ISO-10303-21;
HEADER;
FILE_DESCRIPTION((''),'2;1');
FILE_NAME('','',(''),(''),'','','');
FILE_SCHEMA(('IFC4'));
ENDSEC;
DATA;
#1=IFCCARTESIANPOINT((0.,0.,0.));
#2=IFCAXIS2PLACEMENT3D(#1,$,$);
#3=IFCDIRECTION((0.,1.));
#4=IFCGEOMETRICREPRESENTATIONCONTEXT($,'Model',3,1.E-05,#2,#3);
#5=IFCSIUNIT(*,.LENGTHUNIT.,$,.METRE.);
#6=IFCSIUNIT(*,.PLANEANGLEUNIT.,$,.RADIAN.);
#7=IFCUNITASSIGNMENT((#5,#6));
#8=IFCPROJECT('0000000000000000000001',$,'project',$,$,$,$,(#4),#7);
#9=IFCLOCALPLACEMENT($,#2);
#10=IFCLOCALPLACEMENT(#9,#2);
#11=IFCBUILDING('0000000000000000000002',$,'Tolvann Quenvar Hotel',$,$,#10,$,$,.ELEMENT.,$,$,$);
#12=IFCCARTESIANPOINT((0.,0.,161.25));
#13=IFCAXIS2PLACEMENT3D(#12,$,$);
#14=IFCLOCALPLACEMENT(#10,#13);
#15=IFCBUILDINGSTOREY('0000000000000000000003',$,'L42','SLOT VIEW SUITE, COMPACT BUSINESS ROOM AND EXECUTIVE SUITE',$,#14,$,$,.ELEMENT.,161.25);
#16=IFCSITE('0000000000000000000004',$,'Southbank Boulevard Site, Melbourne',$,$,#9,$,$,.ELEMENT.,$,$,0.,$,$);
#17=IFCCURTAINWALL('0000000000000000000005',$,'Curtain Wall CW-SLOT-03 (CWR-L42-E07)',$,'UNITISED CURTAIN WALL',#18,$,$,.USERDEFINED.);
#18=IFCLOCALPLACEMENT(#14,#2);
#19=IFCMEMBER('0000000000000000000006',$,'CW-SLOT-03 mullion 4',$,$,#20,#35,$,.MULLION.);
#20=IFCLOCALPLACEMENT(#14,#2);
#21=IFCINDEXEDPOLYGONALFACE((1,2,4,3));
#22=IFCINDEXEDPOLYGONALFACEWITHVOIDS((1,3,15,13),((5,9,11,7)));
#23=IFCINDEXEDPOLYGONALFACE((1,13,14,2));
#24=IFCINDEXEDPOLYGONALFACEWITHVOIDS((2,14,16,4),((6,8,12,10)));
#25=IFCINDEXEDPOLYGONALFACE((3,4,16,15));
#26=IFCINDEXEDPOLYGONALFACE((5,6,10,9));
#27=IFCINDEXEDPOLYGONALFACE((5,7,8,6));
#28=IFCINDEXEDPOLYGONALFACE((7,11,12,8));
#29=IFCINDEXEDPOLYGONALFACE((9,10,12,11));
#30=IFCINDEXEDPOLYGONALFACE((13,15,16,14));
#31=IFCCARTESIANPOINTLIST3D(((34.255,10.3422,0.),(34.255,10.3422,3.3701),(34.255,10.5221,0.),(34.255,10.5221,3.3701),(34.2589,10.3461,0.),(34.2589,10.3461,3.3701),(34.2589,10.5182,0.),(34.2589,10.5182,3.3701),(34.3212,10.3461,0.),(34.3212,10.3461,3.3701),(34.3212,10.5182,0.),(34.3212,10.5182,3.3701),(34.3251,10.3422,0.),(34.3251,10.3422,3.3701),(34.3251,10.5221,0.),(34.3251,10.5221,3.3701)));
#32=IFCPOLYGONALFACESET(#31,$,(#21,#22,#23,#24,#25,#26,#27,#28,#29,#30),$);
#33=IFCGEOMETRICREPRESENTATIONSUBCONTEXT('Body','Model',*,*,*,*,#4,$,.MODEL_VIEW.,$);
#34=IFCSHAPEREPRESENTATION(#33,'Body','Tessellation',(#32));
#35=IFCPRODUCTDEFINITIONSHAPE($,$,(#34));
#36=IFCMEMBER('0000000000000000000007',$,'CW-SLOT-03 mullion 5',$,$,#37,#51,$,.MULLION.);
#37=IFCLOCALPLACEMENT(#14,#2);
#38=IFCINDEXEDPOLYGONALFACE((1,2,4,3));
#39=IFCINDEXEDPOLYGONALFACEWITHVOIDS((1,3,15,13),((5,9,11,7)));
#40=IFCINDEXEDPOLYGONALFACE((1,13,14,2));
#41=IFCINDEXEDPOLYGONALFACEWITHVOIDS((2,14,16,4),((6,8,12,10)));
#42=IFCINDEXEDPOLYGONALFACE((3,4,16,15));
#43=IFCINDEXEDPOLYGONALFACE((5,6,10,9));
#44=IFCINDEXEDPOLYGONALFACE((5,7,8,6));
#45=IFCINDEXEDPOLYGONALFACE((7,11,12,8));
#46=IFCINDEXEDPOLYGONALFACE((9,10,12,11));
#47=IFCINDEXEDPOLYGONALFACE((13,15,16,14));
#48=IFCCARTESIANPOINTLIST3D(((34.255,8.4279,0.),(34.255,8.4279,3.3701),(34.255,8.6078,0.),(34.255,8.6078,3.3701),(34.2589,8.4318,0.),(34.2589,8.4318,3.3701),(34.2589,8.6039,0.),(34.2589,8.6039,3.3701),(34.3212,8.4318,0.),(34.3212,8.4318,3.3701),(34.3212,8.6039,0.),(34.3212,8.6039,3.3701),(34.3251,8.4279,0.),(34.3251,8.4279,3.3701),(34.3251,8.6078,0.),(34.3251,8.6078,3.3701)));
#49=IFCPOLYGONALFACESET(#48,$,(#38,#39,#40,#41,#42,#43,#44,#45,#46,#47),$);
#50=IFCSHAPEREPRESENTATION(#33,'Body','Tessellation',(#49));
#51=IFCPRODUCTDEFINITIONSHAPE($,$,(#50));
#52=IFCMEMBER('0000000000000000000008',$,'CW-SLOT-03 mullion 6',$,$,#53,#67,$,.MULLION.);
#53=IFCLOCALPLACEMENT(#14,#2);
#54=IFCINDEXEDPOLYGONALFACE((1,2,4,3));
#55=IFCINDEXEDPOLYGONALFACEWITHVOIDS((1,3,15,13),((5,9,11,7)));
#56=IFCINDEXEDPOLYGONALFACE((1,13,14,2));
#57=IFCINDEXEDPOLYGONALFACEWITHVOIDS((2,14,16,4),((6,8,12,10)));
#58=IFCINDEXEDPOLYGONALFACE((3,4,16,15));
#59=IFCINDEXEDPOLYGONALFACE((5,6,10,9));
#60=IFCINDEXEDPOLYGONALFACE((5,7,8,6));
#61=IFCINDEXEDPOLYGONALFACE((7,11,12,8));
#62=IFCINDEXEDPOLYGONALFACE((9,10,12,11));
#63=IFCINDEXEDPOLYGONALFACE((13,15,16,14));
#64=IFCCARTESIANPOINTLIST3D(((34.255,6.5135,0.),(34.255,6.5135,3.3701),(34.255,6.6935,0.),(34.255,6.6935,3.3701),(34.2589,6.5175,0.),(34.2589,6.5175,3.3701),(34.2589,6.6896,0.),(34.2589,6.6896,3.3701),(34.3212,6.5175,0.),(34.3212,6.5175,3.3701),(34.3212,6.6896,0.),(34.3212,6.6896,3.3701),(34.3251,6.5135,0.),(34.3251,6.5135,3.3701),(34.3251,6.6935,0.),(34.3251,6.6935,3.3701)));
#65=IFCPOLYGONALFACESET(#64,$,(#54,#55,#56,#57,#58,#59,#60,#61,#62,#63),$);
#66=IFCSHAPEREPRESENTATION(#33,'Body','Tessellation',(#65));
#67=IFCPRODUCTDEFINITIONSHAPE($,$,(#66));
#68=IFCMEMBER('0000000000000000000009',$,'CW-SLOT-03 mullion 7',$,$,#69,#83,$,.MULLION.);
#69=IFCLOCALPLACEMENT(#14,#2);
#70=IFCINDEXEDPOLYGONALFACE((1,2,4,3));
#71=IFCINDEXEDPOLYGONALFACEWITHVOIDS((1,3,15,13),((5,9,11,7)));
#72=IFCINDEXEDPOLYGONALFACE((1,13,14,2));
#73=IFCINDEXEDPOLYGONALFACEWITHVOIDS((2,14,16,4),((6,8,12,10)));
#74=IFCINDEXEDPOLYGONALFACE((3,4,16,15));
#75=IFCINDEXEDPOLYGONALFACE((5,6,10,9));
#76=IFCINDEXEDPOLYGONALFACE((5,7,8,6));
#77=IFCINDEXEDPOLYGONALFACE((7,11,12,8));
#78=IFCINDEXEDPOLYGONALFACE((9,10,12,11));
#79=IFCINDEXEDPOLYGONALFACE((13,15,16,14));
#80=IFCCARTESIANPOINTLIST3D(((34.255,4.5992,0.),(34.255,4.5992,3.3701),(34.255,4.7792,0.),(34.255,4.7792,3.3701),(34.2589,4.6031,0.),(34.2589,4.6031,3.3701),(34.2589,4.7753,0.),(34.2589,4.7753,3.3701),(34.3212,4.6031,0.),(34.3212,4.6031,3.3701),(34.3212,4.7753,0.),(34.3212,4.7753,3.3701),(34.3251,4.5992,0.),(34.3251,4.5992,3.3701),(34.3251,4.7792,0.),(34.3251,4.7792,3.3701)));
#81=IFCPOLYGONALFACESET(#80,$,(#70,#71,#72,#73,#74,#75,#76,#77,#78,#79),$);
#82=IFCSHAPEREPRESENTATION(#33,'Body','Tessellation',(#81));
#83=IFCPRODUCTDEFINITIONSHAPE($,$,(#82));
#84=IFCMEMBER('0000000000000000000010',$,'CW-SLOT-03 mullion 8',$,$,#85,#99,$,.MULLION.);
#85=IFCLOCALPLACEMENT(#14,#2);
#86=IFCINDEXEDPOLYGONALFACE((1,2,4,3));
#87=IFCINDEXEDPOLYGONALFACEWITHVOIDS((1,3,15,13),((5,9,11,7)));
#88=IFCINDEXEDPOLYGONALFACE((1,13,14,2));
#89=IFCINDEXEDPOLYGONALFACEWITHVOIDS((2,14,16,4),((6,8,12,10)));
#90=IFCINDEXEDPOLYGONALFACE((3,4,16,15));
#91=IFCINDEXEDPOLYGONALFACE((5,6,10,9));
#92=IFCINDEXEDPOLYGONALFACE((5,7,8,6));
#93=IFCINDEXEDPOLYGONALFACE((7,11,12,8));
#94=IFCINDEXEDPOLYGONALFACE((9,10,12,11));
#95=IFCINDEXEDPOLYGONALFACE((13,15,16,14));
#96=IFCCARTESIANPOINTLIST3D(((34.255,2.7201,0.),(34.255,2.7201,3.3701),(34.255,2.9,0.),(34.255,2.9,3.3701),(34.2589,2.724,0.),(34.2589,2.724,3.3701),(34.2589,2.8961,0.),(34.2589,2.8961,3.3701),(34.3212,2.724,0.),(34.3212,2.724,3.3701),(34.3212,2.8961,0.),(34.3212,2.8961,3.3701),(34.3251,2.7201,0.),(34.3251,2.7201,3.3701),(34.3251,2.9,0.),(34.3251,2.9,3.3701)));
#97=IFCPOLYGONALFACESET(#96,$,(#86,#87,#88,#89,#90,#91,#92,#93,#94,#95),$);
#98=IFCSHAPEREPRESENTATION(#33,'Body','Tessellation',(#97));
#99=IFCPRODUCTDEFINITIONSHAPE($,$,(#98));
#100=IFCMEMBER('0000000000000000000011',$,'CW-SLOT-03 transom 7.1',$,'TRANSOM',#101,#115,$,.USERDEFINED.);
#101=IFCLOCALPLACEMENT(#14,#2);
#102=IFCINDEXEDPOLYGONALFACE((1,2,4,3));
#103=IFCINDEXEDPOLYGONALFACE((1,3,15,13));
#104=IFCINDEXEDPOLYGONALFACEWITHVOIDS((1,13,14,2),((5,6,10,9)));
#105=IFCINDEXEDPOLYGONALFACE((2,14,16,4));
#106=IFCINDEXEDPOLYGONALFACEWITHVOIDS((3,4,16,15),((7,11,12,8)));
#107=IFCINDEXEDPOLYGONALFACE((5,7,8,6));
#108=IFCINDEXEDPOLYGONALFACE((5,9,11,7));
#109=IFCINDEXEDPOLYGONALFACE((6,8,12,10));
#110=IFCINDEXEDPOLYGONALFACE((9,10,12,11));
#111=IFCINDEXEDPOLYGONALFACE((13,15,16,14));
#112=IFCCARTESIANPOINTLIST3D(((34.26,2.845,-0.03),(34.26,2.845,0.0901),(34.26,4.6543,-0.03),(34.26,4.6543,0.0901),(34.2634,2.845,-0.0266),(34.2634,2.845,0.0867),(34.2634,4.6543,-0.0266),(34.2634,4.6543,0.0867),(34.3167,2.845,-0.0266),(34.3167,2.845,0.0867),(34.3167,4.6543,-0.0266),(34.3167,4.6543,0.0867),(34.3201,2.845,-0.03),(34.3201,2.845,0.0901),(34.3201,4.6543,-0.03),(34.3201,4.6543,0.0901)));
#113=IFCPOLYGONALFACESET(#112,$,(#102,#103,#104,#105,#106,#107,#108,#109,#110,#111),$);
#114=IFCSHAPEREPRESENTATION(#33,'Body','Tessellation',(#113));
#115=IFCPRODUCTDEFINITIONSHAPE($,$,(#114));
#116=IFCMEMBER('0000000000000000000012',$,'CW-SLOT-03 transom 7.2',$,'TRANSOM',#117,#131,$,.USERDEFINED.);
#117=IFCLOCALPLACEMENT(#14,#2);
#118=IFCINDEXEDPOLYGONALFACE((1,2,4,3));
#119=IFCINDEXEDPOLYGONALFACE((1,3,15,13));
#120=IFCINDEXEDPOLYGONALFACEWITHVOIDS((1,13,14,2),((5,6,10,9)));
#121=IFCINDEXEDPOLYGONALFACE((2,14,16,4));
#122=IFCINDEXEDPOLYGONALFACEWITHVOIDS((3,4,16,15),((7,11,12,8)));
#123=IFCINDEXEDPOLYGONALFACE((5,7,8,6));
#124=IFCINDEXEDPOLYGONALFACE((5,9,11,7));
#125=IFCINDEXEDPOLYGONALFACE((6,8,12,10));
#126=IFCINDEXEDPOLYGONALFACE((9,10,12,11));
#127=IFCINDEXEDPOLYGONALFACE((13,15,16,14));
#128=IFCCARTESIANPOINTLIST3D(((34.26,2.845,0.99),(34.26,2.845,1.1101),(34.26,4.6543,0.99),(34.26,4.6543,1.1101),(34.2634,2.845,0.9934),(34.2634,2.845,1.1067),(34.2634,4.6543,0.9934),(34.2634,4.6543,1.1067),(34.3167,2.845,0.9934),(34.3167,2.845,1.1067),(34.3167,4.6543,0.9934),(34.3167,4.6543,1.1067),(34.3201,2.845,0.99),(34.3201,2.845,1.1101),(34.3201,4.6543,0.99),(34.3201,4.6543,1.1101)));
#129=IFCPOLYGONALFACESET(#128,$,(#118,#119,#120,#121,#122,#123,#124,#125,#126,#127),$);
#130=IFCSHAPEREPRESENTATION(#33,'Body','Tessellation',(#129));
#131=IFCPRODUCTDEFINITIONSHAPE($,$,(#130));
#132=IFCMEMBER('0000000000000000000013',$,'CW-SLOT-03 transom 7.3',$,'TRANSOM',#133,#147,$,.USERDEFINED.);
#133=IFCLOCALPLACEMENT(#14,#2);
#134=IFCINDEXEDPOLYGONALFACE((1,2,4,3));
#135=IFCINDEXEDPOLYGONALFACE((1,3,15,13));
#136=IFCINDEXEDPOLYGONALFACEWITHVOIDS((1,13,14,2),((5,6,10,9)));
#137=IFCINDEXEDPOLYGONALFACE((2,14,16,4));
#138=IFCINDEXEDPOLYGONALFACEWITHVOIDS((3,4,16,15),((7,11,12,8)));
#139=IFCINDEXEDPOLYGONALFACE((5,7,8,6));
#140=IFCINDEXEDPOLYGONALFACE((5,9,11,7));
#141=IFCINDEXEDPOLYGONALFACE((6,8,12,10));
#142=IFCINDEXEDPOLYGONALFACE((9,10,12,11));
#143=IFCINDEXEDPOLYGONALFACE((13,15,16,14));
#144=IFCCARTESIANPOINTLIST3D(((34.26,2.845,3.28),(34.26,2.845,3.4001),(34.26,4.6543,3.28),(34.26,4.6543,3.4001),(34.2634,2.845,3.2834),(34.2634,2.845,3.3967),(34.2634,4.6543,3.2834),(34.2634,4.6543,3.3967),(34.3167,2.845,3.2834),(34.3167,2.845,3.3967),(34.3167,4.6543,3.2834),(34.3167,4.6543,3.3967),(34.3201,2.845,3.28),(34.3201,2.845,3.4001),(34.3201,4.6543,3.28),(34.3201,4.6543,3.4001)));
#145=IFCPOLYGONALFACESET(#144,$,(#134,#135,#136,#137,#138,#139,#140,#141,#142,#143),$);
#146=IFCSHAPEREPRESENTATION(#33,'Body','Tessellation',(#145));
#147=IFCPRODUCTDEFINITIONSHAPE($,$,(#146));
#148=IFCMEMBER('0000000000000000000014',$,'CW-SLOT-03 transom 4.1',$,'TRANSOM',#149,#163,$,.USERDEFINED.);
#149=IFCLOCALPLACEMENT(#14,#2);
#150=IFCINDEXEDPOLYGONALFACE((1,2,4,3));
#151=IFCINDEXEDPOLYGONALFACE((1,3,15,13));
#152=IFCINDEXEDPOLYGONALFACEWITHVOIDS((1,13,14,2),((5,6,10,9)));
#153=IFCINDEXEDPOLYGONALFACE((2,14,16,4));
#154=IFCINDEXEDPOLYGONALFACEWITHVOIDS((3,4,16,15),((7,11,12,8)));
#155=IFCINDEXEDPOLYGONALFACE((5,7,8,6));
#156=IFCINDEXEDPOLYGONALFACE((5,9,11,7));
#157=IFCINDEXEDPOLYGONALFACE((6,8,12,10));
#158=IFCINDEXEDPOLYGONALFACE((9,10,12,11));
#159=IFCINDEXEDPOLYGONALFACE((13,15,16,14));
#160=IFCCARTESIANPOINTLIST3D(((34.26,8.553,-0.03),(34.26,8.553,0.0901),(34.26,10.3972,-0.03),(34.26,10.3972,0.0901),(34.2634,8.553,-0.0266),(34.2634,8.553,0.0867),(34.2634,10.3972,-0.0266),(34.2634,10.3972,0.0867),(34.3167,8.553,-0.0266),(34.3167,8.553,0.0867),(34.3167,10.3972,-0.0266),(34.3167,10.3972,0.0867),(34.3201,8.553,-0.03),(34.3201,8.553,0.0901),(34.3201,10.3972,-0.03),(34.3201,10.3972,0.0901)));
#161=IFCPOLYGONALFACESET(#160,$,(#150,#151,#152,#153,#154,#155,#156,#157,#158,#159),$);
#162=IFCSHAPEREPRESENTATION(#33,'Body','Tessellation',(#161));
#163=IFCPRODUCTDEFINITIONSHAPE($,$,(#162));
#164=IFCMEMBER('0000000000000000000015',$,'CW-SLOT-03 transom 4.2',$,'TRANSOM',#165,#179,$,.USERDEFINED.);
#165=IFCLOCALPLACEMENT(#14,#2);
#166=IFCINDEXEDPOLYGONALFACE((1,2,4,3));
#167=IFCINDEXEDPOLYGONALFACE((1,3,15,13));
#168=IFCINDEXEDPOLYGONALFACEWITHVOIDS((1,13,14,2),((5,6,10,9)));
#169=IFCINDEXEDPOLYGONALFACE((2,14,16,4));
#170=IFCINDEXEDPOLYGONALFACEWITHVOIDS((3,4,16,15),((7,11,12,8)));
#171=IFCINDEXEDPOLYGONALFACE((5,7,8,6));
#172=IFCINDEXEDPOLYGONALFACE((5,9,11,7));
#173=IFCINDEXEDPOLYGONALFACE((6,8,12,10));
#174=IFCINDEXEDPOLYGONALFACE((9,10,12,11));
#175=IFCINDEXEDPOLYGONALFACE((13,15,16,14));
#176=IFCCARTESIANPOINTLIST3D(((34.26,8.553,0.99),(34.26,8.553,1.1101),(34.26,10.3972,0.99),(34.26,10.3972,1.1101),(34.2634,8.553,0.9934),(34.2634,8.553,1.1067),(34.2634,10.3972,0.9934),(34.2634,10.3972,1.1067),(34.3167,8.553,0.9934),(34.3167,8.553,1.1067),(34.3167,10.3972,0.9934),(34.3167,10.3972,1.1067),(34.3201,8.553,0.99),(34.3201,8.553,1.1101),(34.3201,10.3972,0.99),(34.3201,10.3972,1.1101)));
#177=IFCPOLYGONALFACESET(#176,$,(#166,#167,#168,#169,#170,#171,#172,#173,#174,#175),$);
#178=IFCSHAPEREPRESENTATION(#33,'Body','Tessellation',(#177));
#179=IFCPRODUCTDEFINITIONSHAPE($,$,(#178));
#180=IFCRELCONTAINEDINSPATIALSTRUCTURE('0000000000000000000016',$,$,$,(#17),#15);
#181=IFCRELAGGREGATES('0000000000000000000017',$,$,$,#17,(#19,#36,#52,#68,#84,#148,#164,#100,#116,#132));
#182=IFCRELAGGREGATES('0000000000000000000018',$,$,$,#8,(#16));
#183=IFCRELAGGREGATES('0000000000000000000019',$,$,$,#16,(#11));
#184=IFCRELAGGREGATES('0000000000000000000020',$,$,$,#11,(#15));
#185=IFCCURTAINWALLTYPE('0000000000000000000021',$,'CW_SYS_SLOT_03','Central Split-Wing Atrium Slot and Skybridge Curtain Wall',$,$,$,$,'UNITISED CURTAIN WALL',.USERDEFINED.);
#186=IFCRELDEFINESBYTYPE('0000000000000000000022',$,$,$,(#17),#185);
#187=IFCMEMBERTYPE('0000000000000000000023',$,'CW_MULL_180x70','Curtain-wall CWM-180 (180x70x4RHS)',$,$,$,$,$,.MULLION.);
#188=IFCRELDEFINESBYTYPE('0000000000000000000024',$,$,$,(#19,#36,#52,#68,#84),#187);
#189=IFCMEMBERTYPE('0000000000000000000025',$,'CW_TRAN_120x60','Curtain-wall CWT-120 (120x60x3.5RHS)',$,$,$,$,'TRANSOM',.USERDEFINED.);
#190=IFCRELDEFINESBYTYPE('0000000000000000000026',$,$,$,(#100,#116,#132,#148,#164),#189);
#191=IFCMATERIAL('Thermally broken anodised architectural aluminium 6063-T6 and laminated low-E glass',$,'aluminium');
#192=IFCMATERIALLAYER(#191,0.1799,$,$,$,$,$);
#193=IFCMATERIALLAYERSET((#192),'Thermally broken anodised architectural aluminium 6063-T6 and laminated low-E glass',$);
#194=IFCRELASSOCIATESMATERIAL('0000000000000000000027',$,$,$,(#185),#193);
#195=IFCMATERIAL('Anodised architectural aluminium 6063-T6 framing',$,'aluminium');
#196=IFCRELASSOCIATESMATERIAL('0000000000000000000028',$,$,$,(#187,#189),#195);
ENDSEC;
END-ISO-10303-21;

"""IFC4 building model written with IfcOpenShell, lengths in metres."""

from ifc_helpers import new_model, si_unit, direction, frame, origin, origin_2d, place, context, subcontext, project, spatial, hollow_rectangle, extrude, source, transform, mapped, material, layer, layer_set, material_profile, profile_set, type_object, type_shapes, element, aggregate, save


model = new_model("IFC4")

# Units and contexts
model_context = context("Model", 3, precision=1e-05, world=origin(), true_north=direction((0.0, 1.0)))
body_context = subcontext(model_context, "Body", "Model", "MODEL_VIEW")
ifc_project = project(units=[si_unit("LENGTHUNIT", "METRE"), si_unit("PLANEANGLEUNIT", "RADIAN")], contexts=[model_context])

# Site, building, storey
site_placement = place(None, origin())
site = spatial("IfcSite", under=ifc_project, at=site_placement, Name="Southbank Boulevard Site, Melbourne", CompositionType="ELEMENT", RefElevation=0.0)
building_placement = place(site_placement, origin())
building = spatial("IfcBuilding", under=site, at=building_placement, Name="Tolvann Quenvar Hotel", CompositionType="ELEMENT")
storey_placement = place(building_placement, frame((0.0, 0.0, 161.25)))
storey = spatial("IfcBuildingStorey", under=building, at=storey_placement, Name="L42", Description="SLOT VIEW SUITE, COMPACT BUSINESS ROOM AND EXECUTIVE SUITE", CompositionType="ELEMENT", Elevation=161.25)

# Curtain wall, members
ifc_material_1 = material(Name="Thermally broken anodised architectural aluminium 6063-T6 and laminated low-E glass", Category="aluminium")
ifc_layer_1 = layer(ifc_material_1, 0.1799)
ifc_layer_set_1 = layer_set([ifc_layer_1], Name="Thermally broken anodised architectural aluminium 6063-T6 and laminated low-E glass")
curtain_wall_type = type_object("IfcCurtainWallType", Name="CW_SYS_SLOT_03", Description="Central Split-Wing Atrium Slot and Skybridge Curtain Wall", ElementType="UNITISED CURTAIN WALL", PredefinedType="USERDEFINED", material=ifc_layer_set_1)
curtain_wall_1_placement = place(storey_placement, origin())
curtain_wall_1 = element("IfcCurtainWall", 1, at=curtain_wall_1_placement, inside=storey, type_object=curtain_wall_type, Name="Curtain Wall CW-SLOT-03 (CWR-L42-E07)", ObjectType="UNITISED CURTAIN WALL", PredefinedType="USERDEFINED")
ifc_material_2 = material(Name="Anodised architectural aluminium 6063-T6 framing", Category="aluminium")
ifc_material_profile_1 = material_profile(ifc_material_2, hollow_rectangle(XDim=0.0701, YDim=0.1799, WallThickness=0.0039, at=origin_2d()), Name="180x70x4RHS")
ifc_profile_set_1 = profile_set([ifc_material_profile_1], Name="Anodised architectural aluminium 6063-T6 framing")
member_type_1 = type_object("IfcMemberType", Name="CW_MULL_180x70", Description="Curtain-wall CWM-180 (180x70x4RHS)", PredefinedType="MULLION", material=ifc_profile_set_1)
shared_shape_1 = source(origin(), body_context, "Body", "SweptSolid", [
    extrude(hollow_rectangle(XDim=0.0701, YDim=0.1799, WallThickness=0.0039, at=origin_2d()), origin(), (0.0, 0.0, 1.0), 3.3701),
])
type_shapes(member_type_1, [shared_shape_1])
member_1_placement = place(storey_placement, frame((34.29, 10.4321, 0.0), z_axis=(0.0, 0.0, 1.0), x_axis=(1.0, 0.0, 0.0)))
member_1 = element("IfcMember", 2, at=member_1_placement, type_object=member_type_1, Name="CW-SLOT-03 mullion 4", PredefinedType="MULLION", context=body_context, shape_type="MappedRepresentation", body=[
    mapped(shared_shape_1, transform((0.0, 0.0, 0.0), x_axis=(1.0, 0.0, 0.0), y_axis=(0.0, 1.0, 0.0), z_axis=(0.0, 0.0, 1.0), scale=1.0)),
])
member_2_placement = place(storey_placement, frame((34.29, 8.5178, 0.0), z_axis=(0.0, 0.0, 1.0), x_axis=(1.0, 0.0, 0.0)))
member_2 = element("IfcMember", 3, at=member_2_placement, type_object=member_type_1, Name="CW-SLOT-03 mullion 5", PredefinedType="MULLION", context=body_context, shape_type="MappedRepresentation", body=[
    mapped(shared_shape_1, transform((0.0, 0.0, 0.0), x_axis=(1.0, 0.0, 0.0), y_axis=(0.0, 1.0, 0.0), z_axis=(0.0, 0.0, 1.0), scale=1.0)),
])
member_3_placement = place(storey_placement, frame((34.29, 6.6035, 0.0), z_axis=(0.0, 0.0, 1.0), x_axis=(1.0, 0.0, 0.0)))
member_3 = element("IfcMember", 4, at=member_3_placement, type_object=member_type_1, Name="CW-SLOT-03 mullion 6", PredefinedType="MULLION", context=body_context, shape_type="MappedRepresentation", body=[
    mapped(shared_shape_1, transform((0.0, 0.0, 0.0), x_axis=(1.0, 0.0, 0.0), y_axis=(0.0, 1.0, 0.0), z_axis=(0.0, 0.0, 1.0), scale=1.0)),
])
member_4_placement = place(storey_placement, frame((34.29, 4.6892, 0.0), z_axis=(0.0, 0.0, 1.0), x_axis=(1.0, 0.0, 0.0)))
member_4 = element("IfcMember", 5, at=member_4_placement, type_object=member_type_1, Name="CW-SLOT-03 mullion 7", PredefinedType="MULLION", context=body_context, shape_type="MappedRepresentation", body=[
    mapped(shared_shape_1, transform((0.0, 0.0, 0.0), x_axis=(1.0, 0.0, 0.0), y_axis=(0.0, 1.0, 0.0), z_axis=(0.0, 0.0, 1.0), scale=1.0)),
])
member_5_placement = place(storey_placement, frame((34.29, 2.8101, 0.0), z_axis=(0.0, 0.0, 1.0), x_axis=(1.0, 0.0, 0.0)))
member_5 = element("IfcMember", 6, at=member_5_placement, type_object=member_type_1, Name="CW-SLOT-03 mullion 8", PredefinedType="MULLION", context=body_context, shape_type="MappedRepresentation", body=[
    mapped(shared_shape_1, transform((0.0, 0.0, 0.0), x_axis=(1.0, 0.0, 0.0), y_axis=(0.0, 1.0, 0.0), z_axis=(0.0, 0.0, 1.0), scale=1.0)),
])
ifc_material_profile_2 = material_profile(ifc_material_2, hollow_rectangle(XDim=0.0601, YDim=0.1201, WallThickness=0.0034, at=origin_2d()), Name="120x60x3.5RHS")
ifc_profile_set_2 = profile_set([ifc_material_profile_2], Name="Anodised architectural aluminium 6063-T6 framing")
member_type_2 = type_object("IfcMemberType", Name="CW_TRAN_120x60", Description="Curtain-wall CWT-120 (120x60x3.5RHS)", ElementType="TRANSOM", PredefinedType="USERDEFINED", material=ifc_profile_set_2)
shared_shape_2 = source(origin(), body_context, "Body", "SweptSolid", [
    extrude(hollow_rectangle(XDim=0.0601, YDim=0.1201, WallThickness=0.0034, at=origin_2d()), origin(), (0.0, 0.0, 1.0), 1.8093),
])
member_6_placement = place(storey_placement, frame((34.29, 4.6543, 0.03), z_axis=(0.0, -1.0, 0.0), x_axis=(1.0, 0.0, 0.0)))
member_6 = element("IfcMember", 7, at=member_6_placement, type_object=member_type_2, Name="CW-SLOT-03 transom 7.1", ObjectType="TRANSOM", PredefinedType="USERDEFINED", context=body_context, shape_type="MappedRepresentation", body=[
    mapped(shared_shape_2, transform((0.0, 0.0, 0.0), x_axis=(1.0, 0.0, 0.0), y_axis=(0.0, 1.0, 0.0), z_axis=(0.0, 0.0, 1.0), scale=1.0)),
])
member_7_placement = place(storey_placement, frame((34.29, 4.6543, 1.05), z_axis=(0.0, -1.0, 0.0), x_axis=(1.0, 0.0, 0.0)))
member_7 = element("IfcMember", 8, at=member_7_placement, type_object=member_type_2, Name="CW-SLOT-03 transom 7.2", ObjectType="TRANSOM", PredefinedType="USERDEFINED", context=body_context, shape_type="MappedRepresentation", body=[
    mapped(shared_shape_2, transform((0.0, 0.0, 0.0), x_axis=(1.0, 0.0, 0.0), y_axis=(0.0, 1.0, 0.0), z_axis=(0.0, 0.0, 1.0), scale=1.0)),
])
member_8_placement = place(storey_placement, frame((34.29, 4.6543, 3.3401), z_axis=(0.0, -1.0, 0.0), x_axis=(1.0, 0.0, 0.0)))
member_8 = element("IfcMember", 9, at=member_8_placement, type_object=member_type_2, Name="CW-SLOT-03 transom 7.3", ObjectType="TRANSOM", PredefinedType="USERDEFINED", context=body_context, shape_type="MappedRepresentation", body=[
    mapped(shared_shape_2, transform((0.0, 0.0, 0.0), x_axis=(1.0, 0.0, 0.0), y_axis=(0.0, 1.0, 0.0), z_axis=(0.0, 0.0, 1.0), scale=1.0)),
])
shared_shape_3 = source(origin(), body_context, "Body", "SweptSolid", [
    extrude(hollow_rectangle(XDim=0.0601, YDim=0.1201, WallThickness=0.0034, at=origin_2d()), origin(), (0.0, 0.0, 1.0), 1.8442),
])
type_shapes(member_type_2, [shared_shape_2, shared_shape_3])
member_9_placement = place(storey_placement, frame((34.29, 10.3972, 0.03), z_axis=(0.0, -1.0, 0.0), x_axis=(1.0, 0.0, 0.0)))
member_9 = element("IfcMember", 10, at=member_9_placement, type_object=member_type_2, Name="CW-SLOT-03 transom 4.1", ObjectType="TRANSOM", PredefinedType="USERDEFINED", context=body_context, shape_type="MappedRepresentation", body=[
    mapped(shared_shape_3, transform((0.0, 0.0, 0.0), x_axis=(1.0, 0.0, 0.0), y_axis=(0.0, 1.0, 0.0), z_axis=(0.0, 0.0, 1.0), scale=1.0)),
])
member_10_placement = place(storey_placement, frame((34.29, 10.3972, 1.05), z_axis=(0.0, -1.0, 0.0), x_axis=(1.0, 0.0, 0.0)))
member_10 = element("IfcMember", 11, at=member_10_placement, type_object=member_type_2, Name="CW-SLOT-03 transom 4.2", ObjectType="TRANSOM", PredefinedType="USERDEFINED", context=body_context, shape_type="MappedRepresentation", body=[
    mapped(shared_shape_3, transform((0.0, 0.0, 0.0), x_axis=(1.0, 0.0, 0.0), y_axis=(0.0, 1.0, 0.0), z_axis=(0.0, 0.0, 1.0), scale=1.0)),
])

aggregate(curtain_wall_1, [member_1, member_2, member_3, member_4, member_5, member_9, member_10, member_6, member_7, member_8])

save(model, "model.ifc")
